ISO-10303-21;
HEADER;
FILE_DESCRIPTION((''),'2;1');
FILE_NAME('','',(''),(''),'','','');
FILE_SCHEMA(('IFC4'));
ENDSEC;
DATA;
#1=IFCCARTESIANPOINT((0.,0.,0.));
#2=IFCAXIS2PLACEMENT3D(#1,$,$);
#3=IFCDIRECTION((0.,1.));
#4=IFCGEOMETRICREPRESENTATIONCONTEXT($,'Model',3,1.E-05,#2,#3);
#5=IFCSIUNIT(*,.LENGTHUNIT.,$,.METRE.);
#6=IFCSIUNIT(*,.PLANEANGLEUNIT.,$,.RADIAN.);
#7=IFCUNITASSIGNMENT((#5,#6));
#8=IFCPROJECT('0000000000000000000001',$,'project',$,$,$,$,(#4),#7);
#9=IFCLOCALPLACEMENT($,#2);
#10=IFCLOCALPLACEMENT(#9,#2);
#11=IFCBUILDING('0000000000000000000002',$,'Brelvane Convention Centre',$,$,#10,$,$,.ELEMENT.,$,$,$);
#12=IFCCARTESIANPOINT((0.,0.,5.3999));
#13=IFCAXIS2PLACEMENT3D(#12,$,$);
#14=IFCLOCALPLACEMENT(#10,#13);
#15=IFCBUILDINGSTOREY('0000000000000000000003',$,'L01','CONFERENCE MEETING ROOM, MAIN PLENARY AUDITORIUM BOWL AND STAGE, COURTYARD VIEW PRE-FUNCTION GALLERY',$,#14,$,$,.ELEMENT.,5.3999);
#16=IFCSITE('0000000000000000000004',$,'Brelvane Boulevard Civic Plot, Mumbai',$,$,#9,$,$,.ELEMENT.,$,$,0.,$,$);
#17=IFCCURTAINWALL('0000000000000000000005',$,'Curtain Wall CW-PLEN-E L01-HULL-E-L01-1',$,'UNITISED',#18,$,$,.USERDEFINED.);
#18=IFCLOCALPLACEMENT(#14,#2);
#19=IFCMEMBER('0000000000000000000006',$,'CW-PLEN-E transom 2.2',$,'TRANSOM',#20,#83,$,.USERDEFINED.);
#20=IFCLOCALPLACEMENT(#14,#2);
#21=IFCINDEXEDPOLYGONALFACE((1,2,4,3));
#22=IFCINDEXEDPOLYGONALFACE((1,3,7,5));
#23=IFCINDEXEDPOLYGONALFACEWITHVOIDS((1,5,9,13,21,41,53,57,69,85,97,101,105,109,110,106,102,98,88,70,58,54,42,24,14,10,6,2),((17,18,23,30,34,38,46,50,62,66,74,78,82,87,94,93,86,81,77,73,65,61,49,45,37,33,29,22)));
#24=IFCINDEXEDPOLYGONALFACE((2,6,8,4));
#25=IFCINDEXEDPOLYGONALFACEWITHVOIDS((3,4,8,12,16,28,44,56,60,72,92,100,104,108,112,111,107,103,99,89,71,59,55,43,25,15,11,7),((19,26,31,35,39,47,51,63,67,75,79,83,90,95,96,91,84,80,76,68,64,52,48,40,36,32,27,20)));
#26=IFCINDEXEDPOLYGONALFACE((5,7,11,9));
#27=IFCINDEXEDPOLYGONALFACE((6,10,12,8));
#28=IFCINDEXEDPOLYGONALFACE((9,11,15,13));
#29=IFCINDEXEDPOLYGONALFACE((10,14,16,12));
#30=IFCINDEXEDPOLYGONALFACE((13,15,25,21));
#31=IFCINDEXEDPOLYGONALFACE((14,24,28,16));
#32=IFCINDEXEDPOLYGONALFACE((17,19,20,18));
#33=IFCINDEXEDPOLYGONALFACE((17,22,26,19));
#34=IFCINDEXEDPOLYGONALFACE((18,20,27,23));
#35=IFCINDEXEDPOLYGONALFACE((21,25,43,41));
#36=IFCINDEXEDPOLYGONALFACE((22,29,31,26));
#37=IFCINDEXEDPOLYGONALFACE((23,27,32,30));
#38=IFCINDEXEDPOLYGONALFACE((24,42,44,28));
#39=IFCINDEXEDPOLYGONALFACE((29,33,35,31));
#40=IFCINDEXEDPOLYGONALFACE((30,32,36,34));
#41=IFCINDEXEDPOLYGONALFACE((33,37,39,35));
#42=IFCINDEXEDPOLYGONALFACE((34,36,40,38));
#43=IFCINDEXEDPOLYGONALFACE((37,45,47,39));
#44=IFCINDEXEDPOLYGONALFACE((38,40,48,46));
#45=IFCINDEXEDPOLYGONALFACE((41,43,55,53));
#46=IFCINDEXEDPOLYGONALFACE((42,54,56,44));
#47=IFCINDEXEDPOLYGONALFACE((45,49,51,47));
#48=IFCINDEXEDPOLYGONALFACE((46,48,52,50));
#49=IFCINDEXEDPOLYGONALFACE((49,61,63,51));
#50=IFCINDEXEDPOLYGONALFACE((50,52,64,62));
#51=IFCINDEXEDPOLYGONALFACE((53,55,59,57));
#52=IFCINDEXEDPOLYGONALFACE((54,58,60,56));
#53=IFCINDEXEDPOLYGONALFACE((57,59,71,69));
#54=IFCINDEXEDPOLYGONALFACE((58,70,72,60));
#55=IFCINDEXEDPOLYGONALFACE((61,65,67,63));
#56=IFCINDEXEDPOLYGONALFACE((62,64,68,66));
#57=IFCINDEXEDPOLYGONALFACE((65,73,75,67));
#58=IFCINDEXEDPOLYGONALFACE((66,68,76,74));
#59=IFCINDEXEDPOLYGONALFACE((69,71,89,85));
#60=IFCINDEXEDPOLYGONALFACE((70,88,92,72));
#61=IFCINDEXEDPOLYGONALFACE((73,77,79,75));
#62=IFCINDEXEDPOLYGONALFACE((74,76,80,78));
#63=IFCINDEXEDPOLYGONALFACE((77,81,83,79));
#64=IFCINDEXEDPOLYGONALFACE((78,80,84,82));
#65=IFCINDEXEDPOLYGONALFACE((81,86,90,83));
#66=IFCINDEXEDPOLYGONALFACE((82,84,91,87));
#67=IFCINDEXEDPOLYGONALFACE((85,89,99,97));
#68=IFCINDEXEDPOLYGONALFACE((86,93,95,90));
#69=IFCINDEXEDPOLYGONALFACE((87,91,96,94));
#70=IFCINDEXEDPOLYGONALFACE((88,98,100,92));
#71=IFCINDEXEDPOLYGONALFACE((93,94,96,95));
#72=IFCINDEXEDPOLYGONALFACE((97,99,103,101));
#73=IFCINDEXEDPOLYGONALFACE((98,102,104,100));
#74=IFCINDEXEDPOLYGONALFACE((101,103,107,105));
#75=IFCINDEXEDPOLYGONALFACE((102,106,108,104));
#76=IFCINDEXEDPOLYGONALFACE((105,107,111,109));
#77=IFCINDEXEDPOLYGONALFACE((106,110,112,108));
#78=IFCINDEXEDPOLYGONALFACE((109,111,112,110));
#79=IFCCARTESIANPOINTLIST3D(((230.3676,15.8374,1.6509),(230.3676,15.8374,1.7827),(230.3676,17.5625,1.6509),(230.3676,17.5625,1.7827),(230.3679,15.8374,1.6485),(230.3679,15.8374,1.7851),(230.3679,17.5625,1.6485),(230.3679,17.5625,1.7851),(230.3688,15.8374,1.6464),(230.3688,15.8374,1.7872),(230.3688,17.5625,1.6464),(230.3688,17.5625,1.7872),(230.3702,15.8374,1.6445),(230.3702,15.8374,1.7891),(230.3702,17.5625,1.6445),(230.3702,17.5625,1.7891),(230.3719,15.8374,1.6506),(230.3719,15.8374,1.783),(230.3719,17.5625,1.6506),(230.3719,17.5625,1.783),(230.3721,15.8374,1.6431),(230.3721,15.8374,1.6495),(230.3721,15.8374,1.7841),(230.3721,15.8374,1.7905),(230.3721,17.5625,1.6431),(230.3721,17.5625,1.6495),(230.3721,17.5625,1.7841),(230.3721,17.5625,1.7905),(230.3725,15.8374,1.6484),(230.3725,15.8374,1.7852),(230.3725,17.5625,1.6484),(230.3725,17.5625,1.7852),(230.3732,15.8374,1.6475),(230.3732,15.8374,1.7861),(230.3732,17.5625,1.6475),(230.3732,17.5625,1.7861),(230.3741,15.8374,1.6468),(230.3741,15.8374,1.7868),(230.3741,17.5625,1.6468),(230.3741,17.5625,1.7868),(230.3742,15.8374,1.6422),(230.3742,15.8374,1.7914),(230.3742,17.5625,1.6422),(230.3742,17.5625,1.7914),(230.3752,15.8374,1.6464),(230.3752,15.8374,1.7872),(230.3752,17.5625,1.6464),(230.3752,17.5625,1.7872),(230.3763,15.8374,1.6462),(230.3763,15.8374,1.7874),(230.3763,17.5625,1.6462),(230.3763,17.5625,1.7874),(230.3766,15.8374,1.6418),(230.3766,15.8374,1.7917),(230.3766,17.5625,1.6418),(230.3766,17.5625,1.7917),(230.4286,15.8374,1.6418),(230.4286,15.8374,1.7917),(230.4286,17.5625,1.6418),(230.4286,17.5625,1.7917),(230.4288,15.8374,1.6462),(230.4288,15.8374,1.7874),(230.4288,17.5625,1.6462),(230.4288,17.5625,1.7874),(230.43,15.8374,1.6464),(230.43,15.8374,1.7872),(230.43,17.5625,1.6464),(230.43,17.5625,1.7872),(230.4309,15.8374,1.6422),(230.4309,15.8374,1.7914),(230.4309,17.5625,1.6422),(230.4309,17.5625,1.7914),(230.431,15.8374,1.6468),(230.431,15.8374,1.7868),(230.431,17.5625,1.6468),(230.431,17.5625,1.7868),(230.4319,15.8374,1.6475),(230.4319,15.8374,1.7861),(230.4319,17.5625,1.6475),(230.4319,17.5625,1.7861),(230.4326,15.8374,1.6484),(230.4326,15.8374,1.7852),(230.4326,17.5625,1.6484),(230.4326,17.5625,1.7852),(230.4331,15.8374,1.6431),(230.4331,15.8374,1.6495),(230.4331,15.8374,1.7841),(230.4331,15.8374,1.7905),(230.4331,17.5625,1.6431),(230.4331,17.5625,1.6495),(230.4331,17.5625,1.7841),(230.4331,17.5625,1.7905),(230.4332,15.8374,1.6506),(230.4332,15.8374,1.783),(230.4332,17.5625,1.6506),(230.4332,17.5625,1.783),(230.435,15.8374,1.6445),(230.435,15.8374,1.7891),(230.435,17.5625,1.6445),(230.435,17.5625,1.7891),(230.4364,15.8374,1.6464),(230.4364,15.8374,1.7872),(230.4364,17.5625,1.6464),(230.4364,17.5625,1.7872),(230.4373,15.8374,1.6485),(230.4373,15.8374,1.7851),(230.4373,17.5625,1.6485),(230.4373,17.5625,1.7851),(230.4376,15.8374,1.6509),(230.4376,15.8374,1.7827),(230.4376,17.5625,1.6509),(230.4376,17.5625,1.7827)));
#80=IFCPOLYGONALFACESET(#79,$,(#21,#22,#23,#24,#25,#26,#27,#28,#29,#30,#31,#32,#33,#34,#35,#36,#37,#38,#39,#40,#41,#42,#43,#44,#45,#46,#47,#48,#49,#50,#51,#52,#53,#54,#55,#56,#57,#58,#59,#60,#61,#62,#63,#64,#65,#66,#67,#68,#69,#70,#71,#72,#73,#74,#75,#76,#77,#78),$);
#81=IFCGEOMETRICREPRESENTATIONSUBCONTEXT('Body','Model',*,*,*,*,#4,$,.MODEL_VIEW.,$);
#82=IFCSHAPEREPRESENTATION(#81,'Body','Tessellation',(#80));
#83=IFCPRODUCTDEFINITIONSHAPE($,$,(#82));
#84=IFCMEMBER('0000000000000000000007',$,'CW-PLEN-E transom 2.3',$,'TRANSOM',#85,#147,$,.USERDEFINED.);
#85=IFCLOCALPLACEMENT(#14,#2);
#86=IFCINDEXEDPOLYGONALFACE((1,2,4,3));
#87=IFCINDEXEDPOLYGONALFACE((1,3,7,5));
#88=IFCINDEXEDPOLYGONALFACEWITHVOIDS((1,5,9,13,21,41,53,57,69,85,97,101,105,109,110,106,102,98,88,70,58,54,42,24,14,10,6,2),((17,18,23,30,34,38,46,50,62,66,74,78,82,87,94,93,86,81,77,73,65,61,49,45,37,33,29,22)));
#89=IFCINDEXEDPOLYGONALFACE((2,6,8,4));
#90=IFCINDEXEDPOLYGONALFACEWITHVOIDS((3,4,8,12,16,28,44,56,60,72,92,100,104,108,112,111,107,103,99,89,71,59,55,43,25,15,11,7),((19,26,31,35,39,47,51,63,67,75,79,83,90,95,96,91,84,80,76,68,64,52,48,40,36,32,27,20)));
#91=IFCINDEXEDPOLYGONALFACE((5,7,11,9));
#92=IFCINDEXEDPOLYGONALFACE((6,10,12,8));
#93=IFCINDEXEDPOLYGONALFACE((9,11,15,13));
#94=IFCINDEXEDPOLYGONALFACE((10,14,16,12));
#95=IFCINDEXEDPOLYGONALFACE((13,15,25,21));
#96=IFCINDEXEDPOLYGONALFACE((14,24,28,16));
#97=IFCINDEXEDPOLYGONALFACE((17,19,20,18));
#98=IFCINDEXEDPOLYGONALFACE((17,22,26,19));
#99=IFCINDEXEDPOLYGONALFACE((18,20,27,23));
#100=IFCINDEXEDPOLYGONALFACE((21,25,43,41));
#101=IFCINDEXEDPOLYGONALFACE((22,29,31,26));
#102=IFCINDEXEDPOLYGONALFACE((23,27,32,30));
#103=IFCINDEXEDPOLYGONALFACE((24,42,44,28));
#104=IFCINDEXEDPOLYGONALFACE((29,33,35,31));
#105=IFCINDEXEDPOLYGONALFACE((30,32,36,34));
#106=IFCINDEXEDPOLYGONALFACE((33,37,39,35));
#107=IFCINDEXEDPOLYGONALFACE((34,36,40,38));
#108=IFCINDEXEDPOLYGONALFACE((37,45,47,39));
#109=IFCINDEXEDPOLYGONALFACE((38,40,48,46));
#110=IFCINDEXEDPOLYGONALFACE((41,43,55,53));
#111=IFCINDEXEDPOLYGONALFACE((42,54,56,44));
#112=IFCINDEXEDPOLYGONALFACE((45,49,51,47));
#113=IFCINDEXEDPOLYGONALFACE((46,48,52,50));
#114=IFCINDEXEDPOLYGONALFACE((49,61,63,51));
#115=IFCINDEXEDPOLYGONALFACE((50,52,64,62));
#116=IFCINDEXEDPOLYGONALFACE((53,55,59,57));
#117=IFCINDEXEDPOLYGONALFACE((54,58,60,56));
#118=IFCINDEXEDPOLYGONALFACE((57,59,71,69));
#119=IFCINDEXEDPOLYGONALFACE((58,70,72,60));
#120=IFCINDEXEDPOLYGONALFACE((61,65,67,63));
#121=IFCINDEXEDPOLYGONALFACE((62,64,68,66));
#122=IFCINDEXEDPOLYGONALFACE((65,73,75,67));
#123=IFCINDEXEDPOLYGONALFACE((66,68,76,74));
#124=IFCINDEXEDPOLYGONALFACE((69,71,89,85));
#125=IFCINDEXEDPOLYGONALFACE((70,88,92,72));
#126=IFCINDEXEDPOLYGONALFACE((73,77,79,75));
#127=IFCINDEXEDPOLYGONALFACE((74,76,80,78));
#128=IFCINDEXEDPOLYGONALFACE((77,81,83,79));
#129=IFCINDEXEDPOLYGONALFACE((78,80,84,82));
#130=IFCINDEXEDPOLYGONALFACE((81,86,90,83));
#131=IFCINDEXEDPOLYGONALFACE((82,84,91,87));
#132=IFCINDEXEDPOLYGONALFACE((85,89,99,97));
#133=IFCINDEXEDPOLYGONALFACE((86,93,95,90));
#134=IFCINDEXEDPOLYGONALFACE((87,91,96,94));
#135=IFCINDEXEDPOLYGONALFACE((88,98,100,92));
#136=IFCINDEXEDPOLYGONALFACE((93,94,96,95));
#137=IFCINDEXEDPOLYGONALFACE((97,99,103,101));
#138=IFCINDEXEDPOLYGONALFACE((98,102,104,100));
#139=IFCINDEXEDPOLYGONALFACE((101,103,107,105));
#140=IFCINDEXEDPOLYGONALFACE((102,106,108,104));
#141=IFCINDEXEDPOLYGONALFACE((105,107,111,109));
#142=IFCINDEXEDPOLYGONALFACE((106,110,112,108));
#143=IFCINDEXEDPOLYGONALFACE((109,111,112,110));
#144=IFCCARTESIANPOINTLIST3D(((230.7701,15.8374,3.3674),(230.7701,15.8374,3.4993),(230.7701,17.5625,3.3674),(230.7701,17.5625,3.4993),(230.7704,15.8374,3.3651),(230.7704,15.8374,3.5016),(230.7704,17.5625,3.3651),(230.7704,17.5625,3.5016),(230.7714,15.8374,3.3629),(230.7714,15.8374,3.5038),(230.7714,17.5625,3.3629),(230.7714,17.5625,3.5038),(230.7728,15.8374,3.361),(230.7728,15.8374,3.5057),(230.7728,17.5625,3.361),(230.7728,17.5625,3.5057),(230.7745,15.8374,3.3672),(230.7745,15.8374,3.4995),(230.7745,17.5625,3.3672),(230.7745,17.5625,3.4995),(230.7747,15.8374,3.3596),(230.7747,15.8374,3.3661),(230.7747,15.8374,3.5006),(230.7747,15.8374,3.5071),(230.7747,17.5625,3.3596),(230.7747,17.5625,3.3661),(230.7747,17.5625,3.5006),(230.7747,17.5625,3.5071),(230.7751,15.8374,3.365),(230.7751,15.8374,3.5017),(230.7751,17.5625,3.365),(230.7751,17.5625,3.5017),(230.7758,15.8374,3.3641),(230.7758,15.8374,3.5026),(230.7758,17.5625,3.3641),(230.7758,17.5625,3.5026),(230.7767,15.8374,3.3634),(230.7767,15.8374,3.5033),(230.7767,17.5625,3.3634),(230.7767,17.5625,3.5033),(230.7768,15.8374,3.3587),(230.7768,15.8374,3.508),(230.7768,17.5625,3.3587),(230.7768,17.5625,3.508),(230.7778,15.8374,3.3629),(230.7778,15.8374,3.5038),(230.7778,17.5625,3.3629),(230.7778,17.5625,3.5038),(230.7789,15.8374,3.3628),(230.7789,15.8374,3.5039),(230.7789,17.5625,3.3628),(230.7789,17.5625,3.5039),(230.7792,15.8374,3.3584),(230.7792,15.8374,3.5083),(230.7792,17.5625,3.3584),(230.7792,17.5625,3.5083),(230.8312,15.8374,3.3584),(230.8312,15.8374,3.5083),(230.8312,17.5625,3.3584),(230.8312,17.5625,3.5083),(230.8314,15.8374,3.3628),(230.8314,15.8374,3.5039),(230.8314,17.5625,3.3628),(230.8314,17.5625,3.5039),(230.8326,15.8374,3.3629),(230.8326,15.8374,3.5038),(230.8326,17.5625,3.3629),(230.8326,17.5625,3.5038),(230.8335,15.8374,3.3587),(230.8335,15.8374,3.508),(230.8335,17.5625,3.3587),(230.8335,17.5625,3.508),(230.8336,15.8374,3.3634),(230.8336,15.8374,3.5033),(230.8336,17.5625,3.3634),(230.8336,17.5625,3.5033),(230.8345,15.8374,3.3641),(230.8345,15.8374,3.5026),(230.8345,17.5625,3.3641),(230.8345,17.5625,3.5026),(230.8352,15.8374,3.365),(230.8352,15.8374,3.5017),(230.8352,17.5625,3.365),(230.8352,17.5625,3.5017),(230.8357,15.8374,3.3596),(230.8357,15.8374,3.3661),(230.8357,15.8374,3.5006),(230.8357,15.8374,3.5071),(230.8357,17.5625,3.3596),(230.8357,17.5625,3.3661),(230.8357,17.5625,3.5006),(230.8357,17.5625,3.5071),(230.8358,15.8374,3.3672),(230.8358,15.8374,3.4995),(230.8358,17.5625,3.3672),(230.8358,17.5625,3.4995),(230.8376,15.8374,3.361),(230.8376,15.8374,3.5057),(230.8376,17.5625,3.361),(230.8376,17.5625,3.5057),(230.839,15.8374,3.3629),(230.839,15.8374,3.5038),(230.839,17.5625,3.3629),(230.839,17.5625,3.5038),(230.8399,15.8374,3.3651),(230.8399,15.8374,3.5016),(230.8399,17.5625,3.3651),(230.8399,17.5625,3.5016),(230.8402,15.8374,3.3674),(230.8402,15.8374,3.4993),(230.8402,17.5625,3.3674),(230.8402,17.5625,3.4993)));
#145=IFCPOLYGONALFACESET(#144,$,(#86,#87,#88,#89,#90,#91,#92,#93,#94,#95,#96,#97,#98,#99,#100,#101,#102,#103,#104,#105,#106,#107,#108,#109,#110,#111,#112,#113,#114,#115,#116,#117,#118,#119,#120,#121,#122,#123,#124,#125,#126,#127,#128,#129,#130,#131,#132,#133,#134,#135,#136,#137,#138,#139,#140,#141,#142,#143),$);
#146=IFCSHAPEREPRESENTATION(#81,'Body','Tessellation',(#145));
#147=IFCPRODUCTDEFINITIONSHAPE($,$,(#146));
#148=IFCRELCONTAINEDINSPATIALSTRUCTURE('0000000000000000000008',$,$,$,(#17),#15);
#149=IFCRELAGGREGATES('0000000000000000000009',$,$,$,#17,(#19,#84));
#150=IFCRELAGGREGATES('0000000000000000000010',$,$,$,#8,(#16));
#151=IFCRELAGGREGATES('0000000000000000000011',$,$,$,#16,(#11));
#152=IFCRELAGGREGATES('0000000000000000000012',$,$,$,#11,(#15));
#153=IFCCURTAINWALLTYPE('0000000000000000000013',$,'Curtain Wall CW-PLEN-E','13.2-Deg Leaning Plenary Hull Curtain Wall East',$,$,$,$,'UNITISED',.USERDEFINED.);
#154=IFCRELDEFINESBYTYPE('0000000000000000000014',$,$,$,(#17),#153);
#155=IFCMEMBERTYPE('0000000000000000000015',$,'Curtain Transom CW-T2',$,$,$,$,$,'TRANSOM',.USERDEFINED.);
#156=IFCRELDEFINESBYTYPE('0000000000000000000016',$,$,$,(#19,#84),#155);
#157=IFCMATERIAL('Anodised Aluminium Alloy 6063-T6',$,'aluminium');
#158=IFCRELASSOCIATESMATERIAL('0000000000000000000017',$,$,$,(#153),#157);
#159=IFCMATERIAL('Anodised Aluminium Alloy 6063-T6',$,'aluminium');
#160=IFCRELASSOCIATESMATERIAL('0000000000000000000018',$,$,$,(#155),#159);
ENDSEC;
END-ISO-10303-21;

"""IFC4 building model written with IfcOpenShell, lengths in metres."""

from ifc_helpers import new_model, si_unit, direction, frame, origin, origin_2d, place, context, subcontext, project, spatial, hollow_rectangle, extrude, material, material_profile, profile_set, type_object, element, aggregate, save


model = new_model("IFC4")

# Units and contexts
model_context = context("Model", 3, precision=1e-05, world=origin(), true_north=direction((0.0, 1.0)))
body_context = subcontext(model_context, "Body", "Model", "MODEL_VIEW")
ifc_project = project(units=[si_unit("LENGTHUNIT", "METRE"), si_unit("PLANEANGLEUNIT", "RADIAN")], contexts=[model_context])

# Site, building, storey
site_placement = place(None, origin())
site = spatial("IfcSite", under=ifc_project, at=site_placement, Name="Brelvane Boulevard Civic Plot, Mumbai", CompositionType="ELEMENT", RefElevation=0.0)
building_placement = place(site_placement, origin())
building = spatial("IfcBuilding", under=site, at=building_placement, Name="Brelvane Convention Centre", CompositionType="ELEMENT")
storey_placement = place(building_placement, frame((0.0, 0.0, 5.3999)))
storey = spatial("IfcBuildingStorey", under=building, at=storey_placement, Name="L01", Description="CONFERENCE MEETING ROOM, MAIN PLENARY AUDITORIUM BOWL AND STAGE, COURTYARD VIEW PRE-FUNCTION GALLERY", CompositionType="ELEMENT", Elevation=5.3999)

# Curtain wall, members
ifc_material_1 = material(Name="Anodised Aluminium Alloy 6063-T6", Category="aluminium")
curtain_wall_type = type_object("IfcCurtainWallType", Name="Curtain Wall CW-PLEN-E", Description="13.2-Deg Leaning Plenary Hull Curtain Wall East", ElementType="UNITISED", PredefinedType="USERDEFINED", material=ifc_material_1)
curtain_wall_placement = place(storey_placement, origin())
curtain_wall = element("IfcCurtainWall", 1, at=curtain_wall_placement, inside=storey, type_object=curtain_wall_type, Name="Curtain Wall CW-PLEN-E L01-HULL-E-L01-1", ObjectType="UNITISED", PredefinedType="USERDEFINED")
ifc_material_2 = material(Name="Anodised Aluminium Alloy 6063-T6", Category="aluminium")
ifc_material_profile_1 = material_profile(ifc_material_2, hollow_rectangle(XDim=0.0701, YDim=0.1499, WallThickness=0.0044, InnerFilletRadius=0.0044, OuterFilletRadius=0.009, at=origin_2d()), Name="ALU-T 150x70x4.5")
ifc_profile_set_1 = profile_set([ifc_material_profile_1], Name="Anodised Aluminium Alloy 6063-T6")
member_type_1 = type_object("IfcMemberType", Name="Curtain Transom CW-T2", ElementType="TRANSOM", PredefinedType="USERDEFINED", material=ifc_profile_set_1)
member_1_placement = place(storey_placement, frame((230.4026, 15.8374, 1.7168), z_axis=(0.0, 1.0, 0.0), x_axis=(-1.0, 0.0, 0.0)))
member_1 = element("IfcMember", 2, at=member_1_placement, type_object=member_type_1, Name="CW-PLEN-E transom 2.2", ObjectType="TRANSOM", PredefinedType="USERDEFINED", context=body_context, shape_type="SweptSolid", body=[
    extrude(hollow_rectangle(XDim=0.0701, YDim=0.1499, WallThickness=0.0044, InnerFilletRadius=0.0044, OuterFilletRadius=0.009, at=origin_2d()), origin(), (0.0, 0.0, 1.0), 1.7251),
])
member_2_placement = place(storey_placement, frame((230.8052, 15.8374, 3.4333), z_axis=(0.0, 1.0, 0.0), x_axis=(-1.0, 0.0, 0.0)))
member_2 = element("IfcMember", 3, at=member_2_placement, type_object=member_type_1, Name="CW-PLEN-E transom 2.3", ObjectType="TRANSOM", PredefinedType="USERDEFINED", context=body_context, shape_type="SweptSolid", body=[
    extrude(hollow_rectangle(XDim=0.0701, YDim=0.1499, WallThickness=0.0044, InnerFilletRadius=0.0044, OuterFilletRadius=0.009, at=origin_2d()), origin(), (0.0, 0.0, 1.0), 1.7251),
])

aggregate(curtain_wall, [member_1, member_2])

save(model, "model.ifc")
